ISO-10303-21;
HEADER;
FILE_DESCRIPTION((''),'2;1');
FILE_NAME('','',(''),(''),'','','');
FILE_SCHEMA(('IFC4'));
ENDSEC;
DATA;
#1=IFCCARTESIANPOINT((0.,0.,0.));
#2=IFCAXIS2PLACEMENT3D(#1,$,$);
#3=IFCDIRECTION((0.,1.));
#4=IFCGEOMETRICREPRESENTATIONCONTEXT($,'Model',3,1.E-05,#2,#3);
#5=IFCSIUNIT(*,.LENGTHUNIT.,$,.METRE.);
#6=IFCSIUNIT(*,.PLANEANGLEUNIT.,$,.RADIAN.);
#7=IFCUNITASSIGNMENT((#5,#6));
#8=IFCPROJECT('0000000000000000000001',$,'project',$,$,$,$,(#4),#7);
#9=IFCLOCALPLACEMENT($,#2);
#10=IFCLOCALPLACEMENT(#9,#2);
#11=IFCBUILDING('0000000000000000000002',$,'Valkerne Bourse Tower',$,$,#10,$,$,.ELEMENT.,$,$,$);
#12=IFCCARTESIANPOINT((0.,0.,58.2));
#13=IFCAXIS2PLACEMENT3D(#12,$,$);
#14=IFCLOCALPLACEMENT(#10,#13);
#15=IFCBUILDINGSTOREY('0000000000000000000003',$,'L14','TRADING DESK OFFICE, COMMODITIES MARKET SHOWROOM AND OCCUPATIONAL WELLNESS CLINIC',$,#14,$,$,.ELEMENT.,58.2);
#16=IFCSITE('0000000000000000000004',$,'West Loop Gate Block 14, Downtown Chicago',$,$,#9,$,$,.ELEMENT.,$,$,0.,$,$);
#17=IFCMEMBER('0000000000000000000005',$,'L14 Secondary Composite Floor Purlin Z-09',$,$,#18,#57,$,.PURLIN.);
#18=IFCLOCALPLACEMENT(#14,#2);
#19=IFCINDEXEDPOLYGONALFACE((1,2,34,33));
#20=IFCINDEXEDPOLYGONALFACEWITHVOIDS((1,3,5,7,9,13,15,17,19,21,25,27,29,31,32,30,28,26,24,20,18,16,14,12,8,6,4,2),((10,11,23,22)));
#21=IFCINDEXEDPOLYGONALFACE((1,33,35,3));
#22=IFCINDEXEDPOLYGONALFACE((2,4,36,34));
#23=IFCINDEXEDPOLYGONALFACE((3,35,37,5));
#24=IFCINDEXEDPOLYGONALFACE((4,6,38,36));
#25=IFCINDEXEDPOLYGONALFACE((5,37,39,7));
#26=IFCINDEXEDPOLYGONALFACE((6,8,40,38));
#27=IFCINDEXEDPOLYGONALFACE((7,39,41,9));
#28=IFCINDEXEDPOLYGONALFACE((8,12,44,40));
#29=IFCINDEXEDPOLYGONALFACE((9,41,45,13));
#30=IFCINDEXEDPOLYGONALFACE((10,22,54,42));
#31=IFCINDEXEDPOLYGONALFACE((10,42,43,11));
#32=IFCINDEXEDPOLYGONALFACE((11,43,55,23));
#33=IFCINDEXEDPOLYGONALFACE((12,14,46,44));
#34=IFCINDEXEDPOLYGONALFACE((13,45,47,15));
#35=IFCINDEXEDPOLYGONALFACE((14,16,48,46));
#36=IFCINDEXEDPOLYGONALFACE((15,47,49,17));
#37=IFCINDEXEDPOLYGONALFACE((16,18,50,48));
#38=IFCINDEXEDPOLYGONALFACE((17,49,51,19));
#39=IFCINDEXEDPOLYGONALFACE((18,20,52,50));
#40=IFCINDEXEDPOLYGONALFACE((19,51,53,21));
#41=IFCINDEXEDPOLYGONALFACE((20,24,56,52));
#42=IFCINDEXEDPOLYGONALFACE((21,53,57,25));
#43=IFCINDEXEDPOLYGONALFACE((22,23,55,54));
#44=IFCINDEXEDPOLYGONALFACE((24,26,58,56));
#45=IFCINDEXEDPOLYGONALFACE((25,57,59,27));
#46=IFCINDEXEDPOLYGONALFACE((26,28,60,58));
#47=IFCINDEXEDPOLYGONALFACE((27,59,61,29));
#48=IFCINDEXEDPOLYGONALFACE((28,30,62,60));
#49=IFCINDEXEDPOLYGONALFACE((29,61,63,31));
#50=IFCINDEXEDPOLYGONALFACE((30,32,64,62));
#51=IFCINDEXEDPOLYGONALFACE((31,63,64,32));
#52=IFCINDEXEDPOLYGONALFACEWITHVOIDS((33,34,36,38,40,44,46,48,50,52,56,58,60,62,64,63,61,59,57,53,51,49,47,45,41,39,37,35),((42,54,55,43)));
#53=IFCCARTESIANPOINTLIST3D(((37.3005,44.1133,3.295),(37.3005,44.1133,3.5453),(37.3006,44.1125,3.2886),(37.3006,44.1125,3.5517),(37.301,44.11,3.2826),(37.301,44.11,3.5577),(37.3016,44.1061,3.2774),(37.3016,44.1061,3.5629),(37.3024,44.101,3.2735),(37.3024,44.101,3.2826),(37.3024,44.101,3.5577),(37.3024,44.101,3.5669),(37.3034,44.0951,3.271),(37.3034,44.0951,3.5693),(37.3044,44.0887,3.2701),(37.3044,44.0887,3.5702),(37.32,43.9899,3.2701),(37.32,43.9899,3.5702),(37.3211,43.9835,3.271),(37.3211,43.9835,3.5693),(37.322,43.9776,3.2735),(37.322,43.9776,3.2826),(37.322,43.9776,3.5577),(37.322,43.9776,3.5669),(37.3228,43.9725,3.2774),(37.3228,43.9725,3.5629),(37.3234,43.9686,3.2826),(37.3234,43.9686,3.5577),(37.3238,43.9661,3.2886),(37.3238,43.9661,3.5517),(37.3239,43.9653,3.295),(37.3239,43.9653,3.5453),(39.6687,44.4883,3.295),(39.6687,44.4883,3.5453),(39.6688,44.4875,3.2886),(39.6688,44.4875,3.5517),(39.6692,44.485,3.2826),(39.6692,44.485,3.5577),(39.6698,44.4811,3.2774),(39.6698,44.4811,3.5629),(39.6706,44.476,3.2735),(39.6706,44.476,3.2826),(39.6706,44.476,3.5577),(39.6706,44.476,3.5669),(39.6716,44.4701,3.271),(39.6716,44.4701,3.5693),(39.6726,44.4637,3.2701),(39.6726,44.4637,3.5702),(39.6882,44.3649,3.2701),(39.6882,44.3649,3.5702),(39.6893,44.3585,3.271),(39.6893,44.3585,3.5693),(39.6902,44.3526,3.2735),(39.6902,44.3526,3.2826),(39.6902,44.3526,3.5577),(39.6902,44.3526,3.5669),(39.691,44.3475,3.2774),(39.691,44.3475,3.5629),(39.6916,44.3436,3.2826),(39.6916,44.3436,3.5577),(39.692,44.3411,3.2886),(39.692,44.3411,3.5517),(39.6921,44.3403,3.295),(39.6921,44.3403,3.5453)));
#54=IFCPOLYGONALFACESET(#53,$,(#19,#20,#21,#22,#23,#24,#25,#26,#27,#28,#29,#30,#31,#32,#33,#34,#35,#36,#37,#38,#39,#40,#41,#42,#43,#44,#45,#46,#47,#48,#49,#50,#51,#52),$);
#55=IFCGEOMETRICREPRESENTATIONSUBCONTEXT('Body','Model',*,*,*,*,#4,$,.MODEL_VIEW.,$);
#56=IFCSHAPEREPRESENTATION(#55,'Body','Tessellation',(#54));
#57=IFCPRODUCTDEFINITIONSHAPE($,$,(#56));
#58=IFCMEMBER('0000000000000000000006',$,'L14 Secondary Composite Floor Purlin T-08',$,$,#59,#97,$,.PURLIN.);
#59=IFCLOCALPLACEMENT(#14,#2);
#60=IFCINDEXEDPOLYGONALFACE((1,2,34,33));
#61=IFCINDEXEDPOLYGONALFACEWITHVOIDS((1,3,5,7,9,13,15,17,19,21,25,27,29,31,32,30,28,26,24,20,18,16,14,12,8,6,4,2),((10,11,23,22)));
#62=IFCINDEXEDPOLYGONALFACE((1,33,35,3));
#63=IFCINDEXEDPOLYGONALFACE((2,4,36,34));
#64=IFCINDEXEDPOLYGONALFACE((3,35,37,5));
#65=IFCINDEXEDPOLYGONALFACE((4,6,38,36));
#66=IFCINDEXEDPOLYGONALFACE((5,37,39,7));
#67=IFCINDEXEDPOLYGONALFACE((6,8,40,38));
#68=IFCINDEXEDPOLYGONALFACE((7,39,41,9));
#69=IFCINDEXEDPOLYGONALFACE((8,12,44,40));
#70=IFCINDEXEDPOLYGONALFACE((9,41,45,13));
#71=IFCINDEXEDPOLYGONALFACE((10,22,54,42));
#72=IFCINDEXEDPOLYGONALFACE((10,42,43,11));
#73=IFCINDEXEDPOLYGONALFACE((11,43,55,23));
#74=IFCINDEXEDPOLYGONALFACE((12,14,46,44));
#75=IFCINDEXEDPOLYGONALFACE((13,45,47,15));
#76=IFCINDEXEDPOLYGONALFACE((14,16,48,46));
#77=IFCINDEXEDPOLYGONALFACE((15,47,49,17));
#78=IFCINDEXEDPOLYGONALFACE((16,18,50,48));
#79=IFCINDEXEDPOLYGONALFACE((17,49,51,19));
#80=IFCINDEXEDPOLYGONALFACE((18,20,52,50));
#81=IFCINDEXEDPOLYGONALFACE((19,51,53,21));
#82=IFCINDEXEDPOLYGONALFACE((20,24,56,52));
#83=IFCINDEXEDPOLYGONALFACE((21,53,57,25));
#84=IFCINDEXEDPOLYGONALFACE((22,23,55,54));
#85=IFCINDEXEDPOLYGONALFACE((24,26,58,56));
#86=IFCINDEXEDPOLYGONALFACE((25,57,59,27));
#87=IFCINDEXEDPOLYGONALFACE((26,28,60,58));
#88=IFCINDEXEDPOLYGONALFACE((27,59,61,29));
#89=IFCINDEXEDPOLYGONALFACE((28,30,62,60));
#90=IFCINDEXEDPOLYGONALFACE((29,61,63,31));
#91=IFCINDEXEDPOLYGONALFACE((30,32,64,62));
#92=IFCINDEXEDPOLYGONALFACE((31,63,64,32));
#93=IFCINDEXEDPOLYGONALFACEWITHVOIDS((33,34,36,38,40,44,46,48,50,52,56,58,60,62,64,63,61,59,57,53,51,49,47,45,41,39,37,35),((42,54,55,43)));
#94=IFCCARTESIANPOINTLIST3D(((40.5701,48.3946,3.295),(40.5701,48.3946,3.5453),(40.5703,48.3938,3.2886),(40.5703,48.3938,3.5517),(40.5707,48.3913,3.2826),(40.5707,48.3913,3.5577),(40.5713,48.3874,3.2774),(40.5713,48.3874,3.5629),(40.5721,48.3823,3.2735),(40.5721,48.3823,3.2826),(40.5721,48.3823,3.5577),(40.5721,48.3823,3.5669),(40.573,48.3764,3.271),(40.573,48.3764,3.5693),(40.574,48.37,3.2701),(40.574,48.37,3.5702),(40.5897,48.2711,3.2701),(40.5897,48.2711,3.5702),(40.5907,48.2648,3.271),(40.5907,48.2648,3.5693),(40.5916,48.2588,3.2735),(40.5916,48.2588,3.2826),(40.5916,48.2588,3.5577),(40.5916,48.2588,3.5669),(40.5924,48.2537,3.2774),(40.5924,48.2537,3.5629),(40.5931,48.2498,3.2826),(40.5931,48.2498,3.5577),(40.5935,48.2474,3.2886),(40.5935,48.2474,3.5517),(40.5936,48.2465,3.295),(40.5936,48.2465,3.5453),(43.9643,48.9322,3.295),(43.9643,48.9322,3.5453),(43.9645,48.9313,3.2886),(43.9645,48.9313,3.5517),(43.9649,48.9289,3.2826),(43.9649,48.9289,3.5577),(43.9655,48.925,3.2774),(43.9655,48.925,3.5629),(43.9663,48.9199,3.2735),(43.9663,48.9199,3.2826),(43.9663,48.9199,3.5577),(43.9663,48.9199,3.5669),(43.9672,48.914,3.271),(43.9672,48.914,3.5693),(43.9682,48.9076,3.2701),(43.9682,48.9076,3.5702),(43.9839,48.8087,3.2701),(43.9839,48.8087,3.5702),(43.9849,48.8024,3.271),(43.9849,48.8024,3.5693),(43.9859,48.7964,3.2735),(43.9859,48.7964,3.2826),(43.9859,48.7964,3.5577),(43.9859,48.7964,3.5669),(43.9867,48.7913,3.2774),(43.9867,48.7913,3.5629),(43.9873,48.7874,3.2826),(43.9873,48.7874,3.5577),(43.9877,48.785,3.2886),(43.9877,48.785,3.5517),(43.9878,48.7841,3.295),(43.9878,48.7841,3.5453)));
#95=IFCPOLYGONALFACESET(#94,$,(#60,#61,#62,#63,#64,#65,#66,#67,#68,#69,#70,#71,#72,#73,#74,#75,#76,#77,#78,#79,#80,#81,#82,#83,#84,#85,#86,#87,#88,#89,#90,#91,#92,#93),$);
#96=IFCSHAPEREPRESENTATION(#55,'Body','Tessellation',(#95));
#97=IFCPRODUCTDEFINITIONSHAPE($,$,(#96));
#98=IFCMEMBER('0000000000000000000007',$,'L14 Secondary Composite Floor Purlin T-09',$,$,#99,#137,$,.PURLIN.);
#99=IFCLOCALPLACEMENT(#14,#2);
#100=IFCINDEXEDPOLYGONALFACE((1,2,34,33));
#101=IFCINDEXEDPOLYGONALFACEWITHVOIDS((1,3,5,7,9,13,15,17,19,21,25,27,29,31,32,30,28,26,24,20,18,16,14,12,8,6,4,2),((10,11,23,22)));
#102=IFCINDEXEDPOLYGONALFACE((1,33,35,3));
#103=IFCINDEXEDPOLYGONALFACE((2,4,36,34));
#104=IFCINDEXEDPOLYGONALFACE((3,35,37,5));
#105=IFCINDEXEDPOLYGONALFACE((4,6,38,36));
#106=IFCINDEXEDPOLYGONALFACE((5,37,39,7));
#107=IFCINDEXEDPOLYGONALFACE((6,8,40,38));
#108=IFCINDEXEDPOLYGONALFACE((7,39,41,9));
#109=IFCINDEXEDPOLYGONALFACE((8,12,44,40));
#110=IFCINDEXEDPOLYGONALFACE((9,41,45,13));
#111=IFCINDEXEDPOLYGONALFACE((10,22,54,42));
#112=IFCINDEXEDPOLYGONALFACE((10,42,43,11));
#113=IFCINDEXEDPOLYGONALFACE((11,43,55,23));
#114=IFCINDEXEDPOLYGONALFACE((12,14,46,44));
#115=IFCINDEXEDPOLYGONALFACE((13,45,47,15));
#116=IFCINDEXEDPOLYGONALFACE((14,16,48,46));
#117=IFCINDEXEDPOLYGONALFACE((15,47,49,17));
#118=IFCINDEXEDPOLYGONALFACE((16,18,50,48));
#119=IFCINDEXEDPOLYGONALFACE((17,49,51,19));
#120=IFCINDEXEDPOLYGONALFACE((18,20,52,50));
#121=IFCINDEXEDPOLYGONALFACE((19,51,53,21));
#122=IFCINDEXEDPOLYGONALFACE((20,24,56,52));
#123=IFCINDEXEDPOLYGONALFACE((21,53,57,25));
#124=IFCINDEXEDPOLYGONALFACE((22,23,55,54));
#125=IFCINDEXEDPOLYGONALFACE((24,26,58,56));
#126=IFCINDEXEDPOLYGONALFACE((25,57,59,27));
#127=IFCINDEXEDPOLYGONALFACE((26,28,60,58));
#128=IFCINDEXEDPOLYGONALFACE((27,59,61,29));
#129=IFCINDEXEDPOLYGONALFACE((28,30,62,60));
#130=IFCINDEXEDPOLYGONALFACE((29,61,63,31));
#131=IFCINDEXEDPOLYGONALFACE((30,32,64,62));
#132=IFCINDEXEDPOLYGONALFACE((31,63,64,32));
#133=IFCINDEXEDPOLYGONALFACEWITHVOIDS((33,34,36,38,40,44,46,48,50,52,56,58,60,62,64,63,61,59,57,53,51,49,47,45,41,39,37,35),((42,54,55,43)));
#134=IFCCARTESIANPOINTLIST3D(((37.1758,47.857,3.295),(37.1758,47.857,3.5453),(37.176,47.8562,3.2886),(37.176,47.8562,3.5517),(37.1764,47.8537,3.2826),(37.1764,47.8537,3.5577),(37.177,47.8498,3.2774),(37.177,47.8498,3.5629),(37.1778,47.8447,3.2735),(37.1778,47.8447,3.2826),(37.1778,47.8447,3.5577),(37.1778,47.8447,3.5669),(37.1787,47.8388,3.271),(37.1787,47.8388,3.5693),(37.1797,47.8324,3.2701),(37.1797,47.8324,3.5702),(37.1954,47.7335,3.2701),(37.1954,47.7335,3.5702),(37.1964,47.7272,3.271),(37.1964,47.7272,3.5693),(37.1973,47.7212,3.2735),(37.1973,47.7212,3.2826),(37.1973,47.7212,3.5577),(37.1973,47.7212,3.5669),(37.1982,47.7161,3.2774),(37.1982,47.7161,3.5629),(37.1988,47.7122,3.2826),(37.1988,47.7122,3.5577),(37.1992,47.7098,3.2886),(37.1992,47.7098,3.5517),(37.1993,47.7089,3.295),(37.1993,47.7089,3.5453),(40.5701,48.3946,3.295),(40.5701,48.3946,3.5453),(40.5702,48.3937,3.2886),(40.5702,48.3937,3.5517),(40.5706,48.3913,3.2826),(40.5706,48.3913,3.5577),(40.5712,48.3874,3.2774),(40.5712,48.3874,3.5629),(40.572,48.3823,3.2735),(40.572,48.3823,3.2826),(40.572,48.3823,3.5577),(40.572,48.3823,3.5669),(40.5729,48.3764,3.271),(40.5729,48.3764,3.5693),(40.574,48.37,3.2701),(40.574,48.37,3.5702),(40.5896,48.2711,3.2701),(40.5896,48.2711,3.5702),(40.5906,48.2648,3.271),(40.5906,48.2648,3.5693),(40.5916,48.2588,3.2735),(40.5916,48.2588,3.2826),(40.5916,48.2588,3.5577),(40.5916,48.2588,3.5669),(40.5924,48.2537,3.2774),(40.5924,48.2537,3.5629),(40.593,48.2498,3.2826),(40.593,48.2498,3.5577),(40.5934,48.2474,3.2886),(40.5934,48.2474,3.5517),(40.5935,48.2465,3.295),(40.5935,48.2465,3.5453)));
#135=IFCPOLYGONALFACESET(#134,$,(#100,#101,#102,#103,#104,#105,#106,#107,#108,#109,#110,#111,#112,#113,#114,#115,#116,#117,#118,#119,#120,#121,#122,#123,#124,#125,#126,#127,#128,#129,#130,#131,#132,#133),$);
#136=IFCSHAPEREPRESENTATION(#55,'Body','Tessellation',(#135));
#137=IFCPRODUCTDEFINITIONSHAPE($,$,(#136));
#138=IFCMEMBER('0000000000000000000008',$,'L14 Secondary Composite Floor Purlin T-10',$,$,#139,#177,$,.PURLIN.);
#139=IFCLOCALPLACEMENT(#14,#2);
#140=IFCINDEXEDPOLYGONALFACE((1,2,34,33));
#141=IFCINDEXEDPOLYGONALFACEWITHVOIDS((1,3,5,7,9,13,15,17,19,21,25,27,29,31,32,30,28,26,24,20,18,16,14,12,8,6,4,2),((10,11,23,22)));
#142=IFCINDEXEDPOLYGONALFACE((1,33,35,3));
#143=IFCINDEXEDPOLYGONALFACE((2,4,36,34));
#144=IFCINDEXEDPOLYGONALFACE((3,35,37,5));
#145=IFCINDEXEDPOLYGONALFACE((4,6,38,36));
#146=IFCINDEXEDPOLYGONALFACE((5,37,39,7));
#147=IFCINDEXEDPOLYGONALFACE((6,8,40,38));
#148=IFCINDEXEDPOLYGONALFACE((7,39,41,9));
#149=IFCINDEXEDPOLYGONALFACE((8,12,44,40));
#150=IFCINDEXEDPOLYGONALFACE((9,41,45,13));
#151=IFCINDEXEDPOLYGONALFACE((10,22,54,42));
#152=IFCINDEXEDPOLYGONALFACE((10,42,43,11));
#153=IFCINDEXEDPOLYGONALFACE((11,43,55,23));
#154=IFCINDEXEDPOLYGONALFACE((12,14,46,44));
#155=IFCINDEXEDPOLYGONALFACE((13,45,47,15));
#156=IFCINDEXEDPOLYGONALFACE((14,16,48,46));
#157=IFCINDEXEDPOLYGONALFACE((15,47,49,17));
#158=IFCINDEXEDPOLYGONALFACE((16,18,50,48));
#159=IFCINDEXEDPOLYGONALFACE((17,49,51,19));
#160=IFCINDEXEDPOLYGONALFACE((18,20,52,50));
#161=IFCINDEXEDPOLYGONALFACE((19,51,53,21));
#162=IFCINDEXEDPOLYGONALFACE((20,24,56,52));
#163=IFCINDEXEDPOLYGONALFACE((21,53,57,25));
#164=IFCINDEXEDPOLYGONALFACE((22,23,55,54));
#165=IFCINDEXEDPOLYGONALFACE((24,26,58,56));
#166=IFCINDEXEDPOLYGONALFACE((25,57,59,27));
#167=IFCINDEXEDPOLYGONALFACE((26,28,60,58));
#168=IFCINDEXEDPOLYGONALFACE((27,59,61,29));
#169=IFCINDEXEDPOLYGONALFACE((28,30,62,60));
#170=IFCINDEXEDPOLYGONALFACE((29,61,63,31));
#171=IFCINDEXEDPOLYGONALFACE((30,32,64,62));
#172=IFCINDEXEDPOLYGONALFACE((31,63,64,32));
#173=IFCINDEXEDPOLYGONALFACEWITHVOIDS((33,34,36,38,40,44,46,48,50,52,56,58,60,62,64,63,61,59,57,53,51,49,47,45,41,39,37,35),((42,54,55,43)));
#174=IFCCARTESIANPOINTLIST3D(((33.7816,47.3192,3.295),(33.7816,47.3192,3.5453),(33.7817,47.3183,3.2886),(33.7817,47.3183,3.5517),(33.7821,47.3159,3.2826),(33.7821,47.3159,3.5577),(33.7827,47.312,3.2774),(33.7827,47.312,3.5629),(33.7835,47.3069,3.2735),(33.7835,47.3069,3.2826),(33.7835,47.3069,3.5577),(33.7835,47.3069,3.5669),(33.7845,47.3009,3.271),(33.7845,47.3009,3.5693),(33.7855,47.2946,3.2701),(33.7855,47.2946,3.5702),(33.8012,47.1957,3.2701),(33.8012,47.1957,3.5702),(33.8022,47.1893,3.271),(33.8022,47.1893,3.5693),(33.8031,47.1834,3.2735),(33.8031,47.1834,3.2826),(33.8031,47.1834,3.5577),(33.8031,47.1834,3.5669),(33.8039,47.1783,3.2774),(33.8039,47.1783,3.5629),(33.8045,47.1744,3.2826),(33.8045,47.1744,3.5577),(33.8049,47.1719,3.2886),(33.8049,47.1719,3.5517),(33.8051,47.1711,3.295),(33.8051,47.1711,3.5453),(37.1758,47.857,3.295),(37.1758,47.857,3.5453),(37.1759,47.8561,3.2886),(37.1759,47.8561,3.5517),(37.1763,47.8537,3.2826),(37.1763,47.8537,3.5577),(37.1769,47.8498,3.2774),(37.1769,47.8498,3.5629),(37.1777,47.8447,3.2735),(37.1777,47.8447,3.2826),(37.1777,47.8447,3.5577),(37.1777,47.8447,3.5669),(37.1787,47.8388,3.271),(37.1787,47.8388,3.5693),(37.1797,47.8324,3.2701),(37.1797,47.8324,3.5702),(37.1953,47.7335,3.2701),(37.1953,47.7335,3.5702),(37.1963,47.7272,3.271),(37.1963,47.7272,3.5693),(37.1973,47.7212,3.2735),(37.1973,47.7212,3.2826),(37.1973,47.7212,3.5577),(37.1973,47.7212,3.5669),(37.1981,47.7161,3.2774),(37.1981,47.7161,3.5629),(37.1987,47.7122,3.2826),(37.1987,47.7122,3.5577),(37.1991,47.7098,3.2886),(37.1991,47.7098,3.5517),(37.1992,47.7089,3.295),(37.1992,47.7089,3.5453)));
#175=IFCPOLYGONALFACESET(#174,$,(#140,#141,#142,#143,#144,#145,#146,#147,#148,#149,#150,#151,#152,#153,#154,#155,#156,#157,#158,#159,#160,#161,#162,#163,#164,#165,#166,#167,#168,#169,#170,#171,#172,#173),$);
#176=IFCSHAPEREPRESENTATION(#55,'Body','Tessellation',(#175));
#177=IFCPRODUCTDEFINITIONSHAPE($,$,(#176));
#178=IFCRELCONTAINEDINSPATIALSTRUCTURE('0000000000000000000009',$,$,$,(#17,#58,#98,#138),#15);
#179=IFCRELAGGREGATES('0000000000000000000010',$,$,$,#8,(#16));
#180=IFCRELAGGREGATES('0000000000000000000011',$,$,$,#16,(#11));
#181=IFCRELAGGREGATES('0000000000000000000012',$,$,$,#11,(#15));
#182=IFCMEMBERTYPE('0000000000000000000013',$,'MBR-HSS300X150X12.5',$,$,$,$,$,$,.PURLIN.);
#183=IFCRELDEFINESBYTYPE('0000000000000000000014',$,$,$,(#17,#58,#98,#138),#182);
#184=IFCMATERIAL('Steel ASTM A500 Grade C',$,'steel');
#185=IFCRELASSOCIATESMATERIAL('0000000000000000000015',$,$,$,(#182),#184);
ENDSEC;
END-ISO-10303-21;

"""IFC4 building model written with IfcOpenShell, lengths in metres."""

from ifc_helpers import new_model, si_unit, direction, frame, origin, origin_2d, place, context, subcontext, project, spatial, hollow_rectangle, extrude, material, material_profile, profile_set, type_object, element, save


model = new_model("IFC4")

# Units and contexts
model_context = context("Model", 3, precision=1e-05, world=origin(), true_north=direction((0.0, 1.0)))
body_context = subcontext(model_context, "Body", "Model", "MODEL_VIEW")
ifc_project = project(units=[si_unit("LENGTHUNIT", "METRE"), si_unit("PLANEANGLEUNIT", "RADIAN")], contexts=[model_context])

# Site, building, storey
site_placement = place(None, origin())
site = spatial("IfcSite", under=ifc_project, at=site_placement, Name="West Loop Gate Block 14, Downtown Chicago", CompositionType="ELEMENT", RefElevation=0.0)
building_placement = place(site_placement, origin())
building = spatial("IfcBuilding", under=site, at=building_placement, Name="Valkerne Bourse Tower", CompositionType="ELEMENT")
storey_placement = place(building_placement, frame((0.0, 0.0, 58.2)))
storey = spatial("IfcBuildingStorey", under=building, at=storey_placement, Name="L14", Description="TRADING DESK OFFICE, COMMODITIES MARKET SHOWROOM AND OCCUPATIONAL WELLNESS CLINIC", CompositionType="ELEMENT", Elevation=58.2)

# Members
ifc_material_1 = material(Name="Steel ASTM A500 Grade C", Category="steel")
ifc_material_profile_1 = material_profile(ifc_material_1, hollow_rectangle(XDim=0.1499, YDim=0.3, WallThickness=0.0125, OuterFilletRadius=0.0249, at=origin_2d()), Name="HSS300X150X12.5")
ifc_profile_set_1 = profile_set([ifc_material_profile_1], Name="Steel ASTM A500 Grade C")
member_type_1 = type_object("IfcMemberType", Name="MBR-HSS300X150X12.5", PredefinedType="PURLIN", material=ifc_profile_set_1)
member_1_placement = place(storey_placement, frame((39.6804, 44.4143, 3.4202), z_axis=(-0.987694, -0.156402, 0.0), x_axis=(0.156402, -0.987694, 0.0)))
element("IfcMember", 1, at=member_1_placement, inside=storey, type_object=member_type_1, Name="L14 Secondary Composite Floor Purlin Z-09", PredefinedType="PURLIN", context=body_context, shape_type="SweptSolid", body=[
    extrude(hollow_rectangle(XDim=0.1499, YDim=0.3, WallThickness=0.0125, OuterFilletRadius=0.0249, at=origin_2d()), origin(), (0.0, 0.0, 1.0), 2.3977),
])
for number, where, z_axis, x_axis, name in (
    (2, (43.9761, 48.8582, 3.4202), (-0.987689, -0.156433, 0.0), (0.156433, -0.987689, 0.0), "L14 Secondary Composite Floor Purlin T-08"),
    (3, (40.5818, 48.3206, 3.4202), (-0.987689, -0.156433, 0.0), (0.156433, -0.987689, 0.0), "L14 Secondary Composite Floor Purlin T-09"),
    (4, (37.1875, 47.783, 3.4202), (-0.987678, -0.156502, 0.0), (0.156502, -0.987678, 0.0), "L14 Secondary Composite Floor Purlin T-10"),
):
    element("IfcMember", number, at=place(storey_placement, frame(where, z_axis=z_axis, x_axis=x_axis)), inside=storey, type_object=member_type_1, Name=name, PredefinedType="PURLIN", context=body_context, shape_type="SweptSolid", body=[
        extrude(hollow_rectangle(XDim=0.1499, YDim=0.3, WallThickness=0.0125, OuterFilletRadius=0.0249, at=origin_2d()), origin(), (0.0, 0.0, 1.0), 3.4365),
    ])

save(model, "model.ifc")
